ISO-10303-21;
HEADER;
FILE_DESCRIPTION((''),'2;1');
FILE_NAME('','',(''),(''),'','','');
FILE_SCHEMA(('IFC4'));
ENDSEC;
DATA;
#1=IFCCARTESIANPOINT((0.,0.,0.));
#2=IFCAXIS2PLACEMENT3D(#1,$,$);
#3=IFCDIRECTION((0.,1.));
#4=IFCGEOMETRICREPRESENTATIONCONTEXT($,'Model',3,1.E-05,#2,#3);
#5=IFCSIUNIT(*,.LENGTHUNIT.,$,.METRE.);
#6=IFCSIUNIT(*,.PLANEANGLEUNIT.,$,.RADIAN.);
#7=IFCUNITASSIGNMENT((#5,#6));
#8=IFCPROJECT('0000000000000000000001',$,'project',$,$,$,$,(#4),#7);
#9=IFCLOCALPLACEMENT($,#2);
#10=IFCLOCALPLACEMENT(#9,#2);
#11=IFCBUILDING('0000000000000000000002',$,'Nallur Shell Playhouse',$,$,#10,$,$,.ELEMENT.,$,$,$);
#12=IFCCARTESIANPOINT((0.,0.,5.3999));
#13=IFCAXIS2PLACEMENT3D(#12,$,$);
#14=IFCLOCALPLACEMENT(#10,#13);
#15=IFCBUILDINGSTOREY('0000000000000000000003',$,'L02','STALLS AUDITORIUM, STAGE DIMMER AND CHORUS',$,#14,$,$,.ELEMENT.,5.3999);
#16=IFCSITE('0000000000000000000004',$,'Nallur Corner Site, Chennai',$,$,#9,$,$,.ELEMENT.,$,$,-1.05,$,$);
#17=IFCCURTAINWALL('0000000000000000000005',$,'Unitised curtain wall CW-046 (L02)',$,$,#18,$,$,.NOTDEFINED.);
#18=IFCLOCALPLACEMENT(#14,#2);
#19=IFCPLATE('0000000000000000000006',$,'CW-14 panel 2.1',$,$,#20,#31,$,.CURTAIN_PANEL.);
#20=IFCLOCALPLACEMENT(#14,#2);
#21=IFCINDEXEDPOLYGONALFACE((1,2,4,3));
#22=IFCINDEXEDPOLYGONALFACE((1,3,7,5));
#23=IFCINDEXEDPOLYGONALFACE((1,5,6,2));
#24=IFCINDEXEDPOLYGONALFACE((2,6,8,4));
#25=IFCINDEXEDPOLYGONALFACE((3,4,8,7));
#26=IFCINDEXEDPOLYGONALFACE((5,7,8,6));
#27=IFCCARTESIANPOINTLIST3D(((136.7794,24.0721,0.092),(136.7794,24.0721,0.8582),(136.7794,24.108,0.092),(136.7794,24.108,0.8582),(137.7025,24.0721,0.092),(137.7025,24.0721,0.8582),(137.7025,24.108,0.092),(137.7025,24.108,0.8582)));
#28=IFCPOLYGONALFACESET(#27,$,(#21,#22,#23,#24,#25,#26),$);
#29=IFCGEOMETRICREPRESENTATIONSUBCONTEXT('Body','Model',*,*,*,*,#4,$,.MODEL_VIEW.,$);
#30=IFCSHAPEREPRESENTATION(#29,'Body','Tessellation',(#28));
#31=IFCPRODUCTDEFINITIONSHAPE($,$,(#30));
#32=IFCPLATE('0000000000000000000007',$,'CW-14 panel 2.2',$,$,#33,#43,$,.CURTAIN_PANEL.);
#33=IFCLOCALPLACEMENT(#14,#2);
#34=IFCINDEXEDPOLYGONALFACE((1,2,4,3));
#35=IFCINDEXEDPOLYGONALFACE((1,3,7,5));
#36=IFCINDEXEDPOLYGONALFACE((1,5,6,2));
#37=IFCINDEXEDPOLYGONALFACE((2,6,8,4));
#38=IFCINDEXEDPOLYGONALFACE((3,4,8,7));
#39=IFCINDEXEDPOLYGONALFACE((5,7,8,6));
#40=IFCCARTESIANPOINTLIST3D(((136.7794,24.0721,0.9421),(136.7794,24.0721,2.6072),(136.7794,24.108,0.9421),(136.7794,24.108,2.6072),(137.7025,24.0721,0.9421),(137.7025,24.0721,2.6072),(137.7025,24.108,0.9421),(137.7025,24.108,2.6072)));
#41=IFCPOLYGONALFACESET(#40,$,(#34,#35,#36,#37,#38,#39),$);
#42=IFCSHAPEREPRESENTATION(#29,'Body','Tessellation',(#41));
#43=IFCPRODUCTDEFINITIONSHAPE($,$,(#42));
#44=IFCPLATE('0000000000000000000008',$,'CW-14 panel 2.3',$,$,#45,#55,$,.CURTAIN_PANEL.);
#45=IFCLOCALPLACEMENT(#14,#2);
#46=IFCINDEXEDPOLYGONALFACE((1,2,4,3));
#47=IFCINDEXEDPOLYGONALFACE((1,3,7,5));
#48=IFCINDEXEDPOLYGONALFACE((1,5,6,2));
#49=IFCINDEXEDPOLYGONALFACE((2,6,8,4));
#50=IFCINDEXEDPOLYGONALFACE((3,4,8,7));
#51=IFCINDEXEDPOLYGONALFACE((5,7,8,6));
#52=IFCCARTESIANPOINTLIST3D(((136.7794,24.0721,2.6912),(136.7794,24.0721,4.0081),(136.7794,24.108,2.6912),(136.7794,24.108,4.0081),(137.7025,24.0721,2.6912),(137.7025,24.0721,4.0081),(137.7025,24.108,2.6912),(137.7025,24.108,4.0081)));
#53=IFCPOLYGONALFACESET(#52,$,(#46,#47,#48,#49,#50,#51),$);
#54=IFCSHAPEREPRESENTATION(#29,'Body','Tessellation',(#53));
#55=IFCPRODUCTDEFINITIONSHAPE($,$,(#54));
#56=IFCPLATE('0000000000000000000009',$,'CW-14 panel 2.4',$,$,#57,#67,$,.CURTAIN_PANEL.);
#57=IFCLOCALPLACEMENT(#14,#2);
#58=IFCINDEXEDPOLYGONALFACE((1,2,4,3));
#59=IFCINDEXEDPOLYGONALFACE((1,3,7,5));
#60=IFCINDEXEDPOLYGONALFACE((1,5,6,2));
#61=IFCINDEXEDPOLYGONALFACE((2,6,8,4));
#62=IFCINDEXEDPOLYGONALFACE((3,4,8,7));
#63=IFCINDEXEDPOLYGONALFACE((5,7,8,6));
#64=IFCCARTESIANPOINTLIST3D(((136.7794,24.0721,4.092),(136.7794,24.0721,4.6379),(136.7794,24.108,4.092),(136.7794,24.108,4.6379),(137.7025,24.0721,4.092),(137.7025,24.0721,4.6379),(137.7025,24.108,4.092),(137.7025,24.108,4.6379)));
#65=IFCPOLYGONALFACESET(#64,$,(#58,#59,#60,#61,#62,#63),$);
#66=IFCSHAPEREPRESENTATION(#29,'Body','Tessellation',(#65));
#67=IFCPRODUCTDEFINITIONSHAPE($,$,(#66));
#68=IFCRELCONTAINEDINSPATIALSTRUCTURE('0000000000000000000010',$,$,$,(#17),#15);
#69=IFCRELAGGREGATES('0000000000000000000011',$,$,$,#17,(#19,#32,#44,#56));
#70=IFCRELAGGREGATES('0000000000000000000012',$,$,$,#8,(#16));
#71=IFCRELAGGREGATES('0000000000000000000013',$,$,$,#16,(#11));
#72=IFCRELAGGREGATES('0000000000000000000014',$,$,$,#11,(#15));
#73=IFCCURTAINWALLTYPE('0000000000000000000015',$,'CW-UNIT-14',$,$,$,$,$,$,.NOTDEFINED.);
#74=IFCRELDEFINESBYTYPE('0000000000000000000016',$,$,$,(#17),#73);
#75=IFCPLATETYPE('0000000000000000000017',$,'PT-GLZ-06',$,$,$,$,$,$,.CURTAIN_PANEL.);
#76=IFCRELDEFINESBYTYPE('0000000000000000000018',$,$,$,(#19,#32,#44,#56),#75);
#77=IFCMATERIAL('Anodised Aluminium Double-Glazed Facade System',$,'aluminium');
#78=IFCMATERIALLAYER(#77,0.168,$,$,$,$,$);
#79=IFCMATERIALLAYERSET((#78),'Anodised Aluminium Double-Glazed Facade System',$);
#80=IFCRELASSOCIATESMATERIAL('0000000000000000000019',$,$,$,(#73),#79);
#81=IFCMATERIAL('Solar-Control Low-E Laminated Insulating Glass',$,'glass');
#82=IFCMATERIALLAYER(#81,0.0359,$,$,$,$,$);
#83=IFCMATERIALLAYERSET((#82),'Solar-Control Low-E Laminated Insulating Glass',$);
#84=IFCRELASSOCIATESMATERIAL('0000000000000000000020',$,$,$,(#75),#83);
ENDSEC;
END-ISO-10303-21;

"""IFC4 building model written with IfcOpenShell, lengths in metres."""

from ifc_helpers import new_model, si_unit, direction, frame, origin, origin_2d, place, context, subcontext, project, spatial, rectangle, extrude, material, layer, layer_set, type_object, element, aggregate, save


model = new_model("IFC4")

# Units and contexts
model_context = context("Model", 3, precision=1e-05, world=origin(), true_north=direction((0.0, 1.0)))
body_context = subcontext(model_context, "Body", "Model", "MODEL_VIEW")
ifc_project = project(units=[si_unit("LENGTHUNIT", "METRE"), si_unit("PLANEANGLEUNIT", "RADIAN")], contexts=[model_context])

# Site, building, storey
site_placement = place(None, origin())
site = spatial("IfcSite", under=ifc_project, at=site_placement, Name="Nallur Corner Site, Chennai", CompositionType="ELEMENT", RefElevation=-1.05)
building_placement = place(site_placement, origin())
building = spatial("IfcBuilding", under=site, at=building_placement, Name="Nallur Shell Playhouse", CompositionType="ELEMENT")
storey_placement = place(building_placement, frame((0.0, 0.0, 5.3999)))
storey = spatial("IfcBuildingStorey", under=building, at=storey_placement, Name="L02", Description="STALLS AUDITORIUM, STAGE DIMMER AND CHORUS", CompositionType="ELEMENT", Elevation=5.3999)

# Curtain wall
ifc_material_1 = material(Name="Anodised Aluminium Double-Glazed Facade System", Category="aluminium")
ifc_layer_1 = layer(ifc_material_1, 0.168)
ifc_layer_set_1 = layer_set([ifc_layer_1], Name="Anodised Aluminium Double-Glazed Facade System")
curtain_wall_type_1 = type_object("IfcCurtainWallType", Name="CW-UNIT-14", PredefinedType="NOTDEFINED", material=ifc_layer_set_1)
curtain_wall_1_placement = place(storey_placement, origin())
curtain_wall_1 = element("IfcCurtainWall", 1, at=curtain_wall_1_placement, inside=storey, type_object=curtain_wall_type_1, Name="Unitised curtain wall CW-046 (L02)", PredefinedType="NOTDEFINED")

# Plates
ifc_material_2 = material(Name="Solar-Control Low-E Laminated Insulating Glass", Category="glass")
ifc_layer_2 = layer(ifc_material_2, 0.0359)
ifc_layer_set_2 = layer_set([ifc_layer_2], Name="Solar-Control Low-E Laminated Insulating Glass")
plate_type_1 = type_object("IfcPlateType", Name="PT-GLZ-06", PredefinedType="CURTAIN_PANEL", material=ifc_layer_set_2)
plate_1_placement = place(storey_placement, frame((137.241, 24.0901, 0.092), z_axis=(0.0, 0.0, 1.0), x_axis=(-1.0, 0.0, 0.0)))
plate_1 = element("IfcPlate", 2, at=plate_1_placement, type_object=plate_type_1, Name="CW-14 panel 2.1", PredefinedType="CURTAIN_PANEL", context=body_context, shape_type="SweptSolid", body=[
    extrude(rectangle(XDim=0.9231, YDim=0.0359, at=origin_2d()), origin(), (0.0, 0.0, 1.0), 0.7661),
])
plate_2_placement = place(storey_placement, frame((137.241, 24.0901, 0.9421), z_axis=(0.0, 0.0, 1.0), x_axis=(-1.0, 0.0, 0.0)))
plate_2 = element("IfcPlate", 3, at=plate_2_placement, type_object=plate_type_1, Name="CW-14 panel 2.2", PredefinedType="CURTAIN_PANEL", context=body_context, shape_type="SweptSolid", body=[
    extrude(rectangle(XDim=0.9231, YDim=0.0359, at=origin_2d()), origin(), (0.0, 0.0, 1.0), 1.665),
])
plate_3_placement = place(storey_placement, frame((137.241, 24.0901, 2.6912), z_axis=(0.0, 0.0, 1.0), x_axis=(-1.0, 0.0, 0.0)))
plate_3 = element("IfcPlate", 4, at=plate_3_placement, type_object=plate_type_1, Name="CW-14 panel 2.3", PredefinedType="CURTAIN_PANEL", context=body_context, shape_type="SweptSolid", body=[
    extrude(rectangle(XDim=0.9231, YDim=0.0359, at=origin_2d()), origin(), (0.0, 0.0, 1.0), 1.3169),
])
plate_4_placement = place(storey_placement, frame((137.241, 24.0901, 4.092), z_axis=(0.0, 0.0, 1.0), x_axis=(-1.0, 0.0, 0.0)))
plate_4 = element("IfcPlate", 5, at=plate_4_placement, type_object=plate_type_1, Name="CW-14 panel 2.4", PredefinedType="CURTAIN_PANEL", context=body_context, shape_type="SweptSolid", body=[
    extrude(rectangle(XDim=0.9231, YDim=0.0359, at=origin_2d()), origin(), (0.0, 0.0, 1.0), 0.5459),
])
aggregate(curtain_wall_1, [plate_1, plate_2, plate_3, plate_4])

save(model, "model.ifc")
